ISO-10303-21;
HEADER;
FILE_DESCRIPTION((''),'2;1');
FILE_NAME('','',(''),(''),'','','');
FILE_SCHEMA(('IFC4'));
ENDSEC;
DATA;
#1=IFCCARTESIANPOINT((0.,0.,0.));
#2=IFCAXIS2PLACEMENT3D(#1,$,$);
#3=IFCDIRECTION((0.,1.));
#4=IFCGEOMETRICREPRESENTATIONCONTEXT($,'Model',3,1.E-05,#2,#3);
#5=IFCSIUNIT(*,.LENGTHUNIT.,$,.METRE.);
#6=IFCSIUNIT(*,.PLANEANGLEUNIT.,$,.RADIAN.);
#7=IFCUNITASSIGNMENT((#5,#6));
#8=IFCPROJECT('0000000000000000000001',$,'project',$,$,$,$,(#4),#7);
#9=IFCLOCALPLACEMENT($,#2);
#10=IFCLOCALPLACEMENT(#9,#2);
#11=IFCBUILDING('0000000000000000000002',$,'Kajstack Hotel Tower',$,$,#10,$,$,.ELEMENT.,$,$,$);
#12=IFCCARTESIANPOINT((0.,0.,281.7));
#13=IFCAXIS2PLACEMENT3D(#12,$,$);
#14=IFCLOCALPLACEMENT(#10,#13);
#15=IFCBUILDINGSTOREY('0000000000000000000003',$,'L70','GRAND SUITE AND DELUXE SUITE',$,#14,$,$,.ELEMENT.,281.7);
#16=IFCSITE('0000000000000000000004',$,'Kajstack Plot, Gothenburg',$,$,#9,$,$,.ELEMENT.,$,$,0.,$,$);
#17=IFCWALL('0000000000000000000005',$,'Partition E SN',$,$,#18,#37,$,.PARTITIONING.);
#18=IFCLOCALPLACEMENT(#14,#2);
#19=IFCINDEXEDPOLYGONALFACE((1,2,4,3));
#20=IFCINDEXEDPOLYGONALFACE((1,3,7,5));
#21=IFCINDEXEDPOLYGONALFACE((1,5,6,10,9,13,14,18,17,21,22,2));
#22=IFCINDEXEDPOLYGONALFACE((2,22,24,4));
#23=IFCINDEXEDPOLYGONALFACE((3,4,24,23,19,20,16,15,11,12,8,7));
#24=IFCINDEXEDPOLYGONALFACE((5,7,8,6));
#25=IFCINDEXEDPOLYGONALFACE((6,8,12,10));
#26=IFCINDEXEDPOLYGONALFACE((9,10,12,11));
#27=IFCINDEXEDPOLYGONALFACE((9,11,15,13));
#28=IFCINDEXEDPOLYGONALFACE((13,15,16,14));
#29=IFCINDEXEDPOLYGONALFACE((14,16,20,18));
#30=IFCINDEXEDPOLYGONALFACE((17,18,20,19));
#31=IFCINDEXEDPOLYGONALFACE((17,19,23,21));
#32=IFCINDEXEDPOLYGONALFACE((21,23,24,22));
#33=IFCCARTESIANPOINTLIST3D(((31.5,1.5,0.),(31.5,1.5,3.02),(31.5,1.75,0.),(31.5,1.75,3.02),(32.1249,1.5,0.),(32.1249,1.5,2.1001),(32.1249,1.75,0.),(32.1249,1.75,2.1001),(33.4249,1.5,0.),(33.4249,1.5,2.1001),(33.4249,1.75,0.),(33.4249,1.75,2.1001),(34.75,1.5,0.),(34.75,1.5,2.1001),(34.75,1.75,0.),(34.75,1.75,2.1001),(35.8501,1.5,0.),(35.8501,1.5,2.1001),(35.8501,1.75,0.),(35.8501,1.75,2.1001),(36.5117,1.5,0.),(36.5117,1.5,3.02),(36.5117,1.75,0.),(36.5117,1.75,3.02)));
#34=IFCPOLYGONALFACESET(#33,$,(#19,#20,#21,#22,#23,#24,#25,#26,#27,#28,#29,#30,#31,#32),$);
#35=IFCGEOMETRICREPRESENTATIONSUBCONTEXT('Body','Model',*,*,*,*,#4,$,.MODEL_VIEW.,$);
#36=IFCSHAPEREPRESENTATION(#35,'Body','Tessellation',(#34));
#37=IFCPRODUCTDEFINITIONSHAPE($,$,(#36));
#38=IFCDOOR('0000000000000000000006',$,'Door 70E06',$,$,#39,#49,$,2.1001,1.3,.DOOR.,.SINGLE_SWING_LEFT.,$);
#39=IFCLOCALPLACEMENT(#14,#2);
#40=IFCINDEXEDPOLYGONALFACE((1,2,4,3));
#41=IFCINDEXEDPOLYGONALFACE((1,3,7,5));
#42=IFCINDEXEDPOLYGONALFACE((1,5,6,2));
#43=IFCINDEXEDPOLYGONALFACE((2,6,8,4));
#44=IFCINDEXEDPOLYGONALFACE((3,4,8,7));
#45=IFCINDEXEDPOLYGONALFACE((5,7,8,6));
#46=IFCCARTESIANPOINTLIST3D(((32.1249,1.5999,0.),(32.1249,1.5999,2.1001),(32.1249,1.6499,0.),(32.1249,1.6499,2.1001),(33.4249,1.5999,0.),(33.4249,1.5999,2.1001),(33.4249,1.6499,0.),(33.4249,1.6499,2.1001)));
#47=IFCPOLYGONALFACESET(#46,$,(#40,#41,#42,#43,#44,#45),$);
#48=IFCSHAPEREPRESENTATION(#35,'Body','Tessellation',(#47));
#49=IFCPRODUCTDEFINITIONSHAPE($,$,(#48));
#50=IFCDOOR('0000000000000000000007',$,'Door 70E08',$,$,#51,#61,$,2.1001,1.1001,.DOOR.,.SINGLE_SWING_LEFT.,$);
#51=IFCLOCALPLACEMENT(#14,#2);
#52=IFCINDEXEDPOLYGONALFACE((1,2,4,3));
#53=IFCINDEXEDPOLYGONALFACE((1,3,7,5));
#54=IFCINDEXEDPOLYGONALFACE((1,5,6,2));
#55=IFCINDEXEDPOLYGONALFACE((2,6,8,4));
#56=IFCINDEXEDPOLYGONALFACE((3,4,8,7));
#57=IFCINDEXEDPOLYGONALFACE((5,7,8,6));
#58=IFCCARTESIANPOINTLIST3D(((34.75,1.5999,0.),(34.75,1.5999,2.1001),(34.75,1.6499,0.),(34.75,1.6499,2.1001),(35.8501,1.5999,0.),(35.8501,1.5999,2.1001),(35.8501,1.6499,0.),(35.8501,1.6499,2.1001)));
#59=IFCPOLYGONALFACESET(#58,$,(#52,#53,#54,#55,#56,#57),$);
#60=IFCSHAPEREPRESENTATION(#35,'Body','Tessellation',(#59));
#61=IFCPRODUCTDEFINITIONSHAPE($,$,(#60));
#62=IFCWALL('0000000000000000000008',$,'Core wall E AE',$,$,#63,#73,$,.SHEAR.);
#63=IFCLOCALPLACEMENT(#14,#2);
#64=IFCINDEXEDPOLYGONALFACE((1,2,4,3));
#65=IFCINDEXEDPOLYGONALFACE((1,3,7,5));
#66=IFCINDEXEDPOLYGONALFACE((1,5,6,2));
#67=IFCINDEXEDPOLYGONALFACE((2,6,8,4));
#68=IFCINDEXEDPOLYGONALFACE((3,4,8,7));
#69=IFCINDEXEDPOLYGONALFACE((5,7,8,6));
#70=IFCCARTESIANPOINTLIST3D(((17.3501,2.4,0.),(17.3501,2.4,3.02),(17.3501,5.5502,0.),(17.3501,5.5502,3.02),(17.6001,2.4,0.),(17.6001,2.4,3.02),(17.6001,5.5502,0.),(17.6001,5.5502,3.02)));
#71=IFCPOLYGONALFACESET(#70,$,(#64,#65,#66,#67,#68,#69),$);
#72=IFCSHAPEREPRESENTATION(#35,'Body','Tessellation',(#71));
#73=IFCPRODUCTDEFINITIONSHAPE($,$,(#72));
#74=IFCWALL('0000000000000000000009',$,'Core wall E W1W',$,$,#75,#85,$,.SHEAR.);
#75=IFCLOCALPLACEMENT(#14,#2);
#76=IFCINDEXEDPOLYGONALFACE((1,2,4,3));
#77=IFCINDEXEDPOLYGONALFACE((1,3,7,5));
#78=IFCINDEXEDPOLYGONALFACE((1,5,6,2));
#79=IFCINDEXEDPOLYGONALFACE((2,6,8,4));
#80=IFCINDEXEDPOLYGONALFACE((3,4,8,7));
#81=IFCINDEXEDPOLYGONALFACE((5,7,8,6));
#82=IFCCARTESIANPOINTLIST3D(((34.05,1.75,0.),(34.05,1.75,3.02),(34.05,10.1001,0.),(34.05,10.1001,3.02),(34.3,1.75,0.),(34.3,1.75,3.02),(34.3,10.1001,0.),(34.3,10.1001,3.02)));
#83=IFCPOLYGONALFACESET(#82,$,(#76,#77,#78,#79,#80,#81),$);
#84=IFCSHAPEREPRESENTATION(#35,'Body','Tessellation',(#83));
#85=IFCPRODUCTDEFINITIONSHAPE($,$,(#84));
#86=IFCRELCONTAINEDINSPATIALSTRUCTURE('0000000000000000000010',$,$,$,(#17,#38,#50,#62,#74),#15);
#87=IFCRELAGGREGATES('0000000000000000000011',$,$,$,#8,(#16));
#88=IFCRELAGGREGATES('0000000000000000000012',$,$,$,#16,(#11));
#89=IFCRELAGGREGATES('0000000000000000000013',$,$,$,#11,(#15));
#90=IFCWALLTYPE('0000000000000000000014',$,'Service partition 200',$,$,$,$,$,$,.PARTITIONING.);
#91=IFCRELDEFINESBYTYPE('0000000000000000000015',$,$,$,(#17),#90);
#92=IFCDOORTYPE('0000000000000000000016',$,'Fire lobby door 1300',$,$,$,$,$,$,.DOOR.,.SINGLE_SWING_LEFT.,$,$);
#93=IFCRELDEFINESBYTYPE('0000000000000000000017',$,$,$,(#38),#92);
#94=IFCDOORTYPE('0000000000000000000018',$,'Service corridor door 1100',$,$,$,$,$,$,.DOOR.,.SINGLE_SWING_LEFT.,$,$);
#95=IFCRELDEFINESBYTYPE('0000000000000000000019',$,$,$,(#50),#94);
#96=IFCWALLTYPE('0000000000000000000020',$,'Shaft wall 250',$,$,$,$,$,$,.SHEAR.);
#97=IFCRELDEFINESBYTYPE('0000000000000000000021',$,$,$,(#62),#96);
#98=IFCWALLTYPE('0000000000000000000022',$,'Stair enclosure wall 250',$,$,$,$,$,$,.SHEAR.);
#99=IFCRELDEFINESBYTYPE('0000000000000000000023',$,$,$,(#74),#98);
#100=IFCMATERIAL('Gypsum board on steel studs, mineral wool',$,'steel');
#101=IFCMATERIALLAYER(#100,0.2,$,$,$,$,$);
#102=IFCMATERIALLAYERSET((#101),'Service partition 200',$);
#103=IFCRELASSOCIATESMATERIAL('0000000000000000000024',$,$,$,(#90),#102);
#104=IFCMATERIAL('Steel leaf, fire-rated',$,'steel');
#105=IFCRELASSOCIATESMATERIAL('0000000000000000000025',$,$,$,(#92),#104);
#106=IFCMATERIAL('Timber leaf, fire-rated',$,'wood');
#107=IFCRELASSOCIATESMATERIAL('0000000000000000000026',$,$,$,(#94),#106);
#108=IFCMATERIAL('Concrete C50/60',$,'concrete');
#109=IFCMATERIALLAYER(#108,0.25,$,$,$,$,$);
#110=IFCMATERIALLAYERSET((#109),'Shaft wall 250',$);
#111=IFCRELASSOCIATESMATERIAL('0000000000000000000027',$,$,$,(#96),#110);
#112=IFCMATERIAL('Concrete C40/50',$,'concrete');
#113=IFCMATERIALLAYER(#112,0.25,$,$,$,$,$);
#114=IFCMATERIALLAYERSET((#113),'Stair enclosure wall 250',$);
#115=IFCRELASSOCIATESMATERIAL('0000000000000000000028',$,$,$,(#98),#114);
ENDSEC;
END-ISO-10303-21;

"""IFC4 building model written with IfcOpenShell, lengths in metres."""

from ifc_helpers import new_model, si_unit, direction, frame, frame_2d, origin, place, context, subcontext, project, spatial, rectangle, extrude, material, layer, layer_set, type_object, element, fill, save


model = new_model("IFC4")

# Units and contexts
model_context = context("Model", 3, precision=1e-05, world=origin(), true_north=direction((0.0, 1.0)))
body_context = subcontext(model_context, "Body", "Model", "MODEL_VIEW")
ifc_project = project(units=[si_unit("LENGTHUNIT", "METRE"), si_unit("PLANEANGLEUNIT", "RADIAN")], contexts=[model_context])

# Site, building, storey
site_placement = place(None, origin())
site = spatial("IfcSite", under=ifc_project, at=site_placement, Name="Kajstack Plot, Gothenburg", CompositionType="ELEMENT", RefElevation=0.0)
building_placement = place(site_placement, origin())
building = spatial("IfcBuilding", under=site, at=building_placement, Name="Kajstack Hotel Tower", CompositionType="ELEMENT")
storey_placement = place(building_placement, frame((0.0, 0.0, 281.7)))
storey = spatial("IfcBuildingStorey", under=building, at=storey_placement, Name="L70", Description="GRAND SUITE AND DELUXE SUITE", CompositionType="ELEMENT", Elevation=281.7)

# Shared definitions
ifc_material_1 = material(Name="Concrete C50/60", Category="concrete")
ifc_material_2 = material(Name="Concrete C40/50", Category="concrete")

# Wall, openings, doors
ifc_material_3 = material(Name="Gypsum board on steel studs, mineral wool", Category="steel")
ifc_layer_1 = layer(ifc_material_3, 0.2)
ifc_layer_set_1 = layer_set([ifc_layer_1], Name="Service partition 200")
wall_type_1 = type_object("IfcWallType", Name="Service partition 200", PredefinedType="PARTITIONING", material=ifc_layer_set_1)
wall_1_placement = place(storey_placement, frame((31.5, 1.625, 0.0), z_axis=(0.0, 0.0, 1.0), x_axis=(1.0, 0.0, 0.0)))
wall_1 = element("IfcWall", 1, at=wall_1_placement, inside=storey, type_object=wall_type_1, Name="Partition E SN", PredefinedType="PARTITIONING", context=body_context, shape_type="SweptSolid", body=[
    extrude(rectangle(XDim=5.0117, YDim=0.25, at=frame_2d((2.5059, 0.0))), origin(), (0.0, 0.0, 1.0), 3.02),
])
opening_1_placement = place(wall_1_placement, frame((0.625, 0.0, 0.0)))
opening_1 = element("IfcOpeningElement", 2, at=opening_1_placement, cuts=wall_1, PredefinedType="OPENING", context=body_context, shape_type="SweptSolid", body=[
    extrude(rectangle(XDim=1.3, YDim=2.1001, at=frame_2d((0.6499, 1.05))), frame((0.0, 0.135, 0.0), z_axis=(0.0, -1.0, 0.0), x_axis=(1.0, 0.0, 0.0)), (0.0, 0.0, 1.0), 0.27),
])
opening_2_placement = place(wall_1_placement, frame((3.25, 0.0, 0.0)))
opening_2 = element("IfcOpeningElement", 3, at=opening_2_placement, cuts=wall_1, PredefinedType="OPENING", context=body_context, shape_type="SweptSolid", body=[
    extrude(rectangle(XDim=1.1001, YDim=2.1001, at=frame_2d((0.55, 1.05))), frame((0.0, 0.135, 0.0), z_axis=(0.0, -1.0, 0.0), x_axis=(1.0, 0.0, 0.0)), (0.0, 0.0, 1.0), 0.27),
])
ifc_material_4 = material(Name="Steel leaf, fire-rated", Category="steel")
door_type_1 = type_object("IfcDoorType", Name="Fire lobby door 1300", OperationType="SINGLE_SWING_LEFT", PredefinedType="DOOR", material=ifc_material_4)
door_1_placement = place(opening_1_placement, origin())
door_1 = element("IfcDoor", 4, at=door_1_placement, inside=storey, type_object=door_type_1, Name="Door 70E06", OperationType="SINGLE_SWING_LEFT", OverallHeight=2.1001, OverallWidth=1.3, PredefinedType="DOOR", context=body_context, shape_type="SweptSolid", body=[
    extrude(rectangle(XDim=1.3, YDim=2.1001, at=frame_2d((0.6499, 1.05))), frame((0.0, 0.0249, 0.0), z_axis=(0.0, -1.0, 0.0), x_axis=(1.0, 0.0, 0.0)), (0.0, 0.0, 1.0), 0.05),
])
fill(opening_1, door_1)
ifc_material_5 = material(Name="Timber leaf, fire-rated", Category="wood")
door_type_2 = type_object("IfcDoorType", Name="Service corridor door 1100", OperationType="SINGLE_SWING_LEFT", PredefinedType="DOOR", material=ifc_material_5)
door_2_placement = place(opening_2_placement, origin())
door_2 = element("IfcDoor", 5, at=door_2_placement, inside=storey, type_object=door_type_2, Name="Door 70E08", OperationType="SINGLE_SWING_LEFT", OverallHeight=2.1001, OverallWidth=1.1001, PredefinedType="DOOR", context=body_context, shape_type="SweptSolid", body=[
    extrude(rectangle(XDim=1.1001, YDim=2.1001, at=frame_2d((0.55, 1.05))), frame((0.0, 0.0249, 0.0), z_axis=(0.0, -1.0, 0.0), x_axis=(1.0, 0.0, 0.0)), (0.0, 0.0, 1.0), 0.05),
])
fill(opening_2, door_2)

# Walls
ifc_layer_2 = layer(ifc_material_1, 0.25)
ifc_layer_set_2 = layer_set([ifc_layer_2], Name="Shaft wall 250")
wall_type_2 = type_object("IfcWallType", Name="Shaft wall 250", PredefinedType="SHEAR", material=ifc_layer_set_2)
wall_2_placement = place(storey_placement, frame((17.4751, 2.3999, 0.0), z_axis=(0.0, 0.0, 1.0), x_axis=(0.0, 1.0, 0.0)))
element("IfcWall", 6, at=wall_2_placement, inside=storey, type_object=wall_type_2, Name="Core wall E AE", PredefinedType="SHEAR", context=body_context, shape_type="SweptSolid", body=[
    extrude(rectangle(XDim=3.1501, YDim=0.25, at=frame_2d((1.5752, 0.0))), origin(), (0.0, 0.0, 1.0), 3.02),
])
ifc_layer_3 = layer(ifc_material_2, 0.25)
ifc_layer_set_3 = layer_set([ifc_layer_3], Name="Stair enclosure wall 250")
wall_type_3 = type_object("IfcWallType", Name="Stair enclosure wall 250", PredefinedType="SHEAR", material=ifc_layer_set_3)
wall_3_placement = place(storey_placement, frame((34.175, 1.75, 0.0), z_axis=(0.0, 0.0, 1.0), x_axis=(0.0, 1.0, 0.0)))
element("IfcWall", 7, at=wall_3_placement, inside=storey, type_object=wall_type_3, Name="Core wall E W1W", PredefinedType="SHEAR", context=body_context, shape_type="SweptSolid", body=[
    extrude(rectangle(XDim=8.3501, YDim=0.25, at=frame_2d((4.175, 0.0))), origin(), (0.0, 0.0, 1.0), 3.02),
])

save(model, "model.ifc")
